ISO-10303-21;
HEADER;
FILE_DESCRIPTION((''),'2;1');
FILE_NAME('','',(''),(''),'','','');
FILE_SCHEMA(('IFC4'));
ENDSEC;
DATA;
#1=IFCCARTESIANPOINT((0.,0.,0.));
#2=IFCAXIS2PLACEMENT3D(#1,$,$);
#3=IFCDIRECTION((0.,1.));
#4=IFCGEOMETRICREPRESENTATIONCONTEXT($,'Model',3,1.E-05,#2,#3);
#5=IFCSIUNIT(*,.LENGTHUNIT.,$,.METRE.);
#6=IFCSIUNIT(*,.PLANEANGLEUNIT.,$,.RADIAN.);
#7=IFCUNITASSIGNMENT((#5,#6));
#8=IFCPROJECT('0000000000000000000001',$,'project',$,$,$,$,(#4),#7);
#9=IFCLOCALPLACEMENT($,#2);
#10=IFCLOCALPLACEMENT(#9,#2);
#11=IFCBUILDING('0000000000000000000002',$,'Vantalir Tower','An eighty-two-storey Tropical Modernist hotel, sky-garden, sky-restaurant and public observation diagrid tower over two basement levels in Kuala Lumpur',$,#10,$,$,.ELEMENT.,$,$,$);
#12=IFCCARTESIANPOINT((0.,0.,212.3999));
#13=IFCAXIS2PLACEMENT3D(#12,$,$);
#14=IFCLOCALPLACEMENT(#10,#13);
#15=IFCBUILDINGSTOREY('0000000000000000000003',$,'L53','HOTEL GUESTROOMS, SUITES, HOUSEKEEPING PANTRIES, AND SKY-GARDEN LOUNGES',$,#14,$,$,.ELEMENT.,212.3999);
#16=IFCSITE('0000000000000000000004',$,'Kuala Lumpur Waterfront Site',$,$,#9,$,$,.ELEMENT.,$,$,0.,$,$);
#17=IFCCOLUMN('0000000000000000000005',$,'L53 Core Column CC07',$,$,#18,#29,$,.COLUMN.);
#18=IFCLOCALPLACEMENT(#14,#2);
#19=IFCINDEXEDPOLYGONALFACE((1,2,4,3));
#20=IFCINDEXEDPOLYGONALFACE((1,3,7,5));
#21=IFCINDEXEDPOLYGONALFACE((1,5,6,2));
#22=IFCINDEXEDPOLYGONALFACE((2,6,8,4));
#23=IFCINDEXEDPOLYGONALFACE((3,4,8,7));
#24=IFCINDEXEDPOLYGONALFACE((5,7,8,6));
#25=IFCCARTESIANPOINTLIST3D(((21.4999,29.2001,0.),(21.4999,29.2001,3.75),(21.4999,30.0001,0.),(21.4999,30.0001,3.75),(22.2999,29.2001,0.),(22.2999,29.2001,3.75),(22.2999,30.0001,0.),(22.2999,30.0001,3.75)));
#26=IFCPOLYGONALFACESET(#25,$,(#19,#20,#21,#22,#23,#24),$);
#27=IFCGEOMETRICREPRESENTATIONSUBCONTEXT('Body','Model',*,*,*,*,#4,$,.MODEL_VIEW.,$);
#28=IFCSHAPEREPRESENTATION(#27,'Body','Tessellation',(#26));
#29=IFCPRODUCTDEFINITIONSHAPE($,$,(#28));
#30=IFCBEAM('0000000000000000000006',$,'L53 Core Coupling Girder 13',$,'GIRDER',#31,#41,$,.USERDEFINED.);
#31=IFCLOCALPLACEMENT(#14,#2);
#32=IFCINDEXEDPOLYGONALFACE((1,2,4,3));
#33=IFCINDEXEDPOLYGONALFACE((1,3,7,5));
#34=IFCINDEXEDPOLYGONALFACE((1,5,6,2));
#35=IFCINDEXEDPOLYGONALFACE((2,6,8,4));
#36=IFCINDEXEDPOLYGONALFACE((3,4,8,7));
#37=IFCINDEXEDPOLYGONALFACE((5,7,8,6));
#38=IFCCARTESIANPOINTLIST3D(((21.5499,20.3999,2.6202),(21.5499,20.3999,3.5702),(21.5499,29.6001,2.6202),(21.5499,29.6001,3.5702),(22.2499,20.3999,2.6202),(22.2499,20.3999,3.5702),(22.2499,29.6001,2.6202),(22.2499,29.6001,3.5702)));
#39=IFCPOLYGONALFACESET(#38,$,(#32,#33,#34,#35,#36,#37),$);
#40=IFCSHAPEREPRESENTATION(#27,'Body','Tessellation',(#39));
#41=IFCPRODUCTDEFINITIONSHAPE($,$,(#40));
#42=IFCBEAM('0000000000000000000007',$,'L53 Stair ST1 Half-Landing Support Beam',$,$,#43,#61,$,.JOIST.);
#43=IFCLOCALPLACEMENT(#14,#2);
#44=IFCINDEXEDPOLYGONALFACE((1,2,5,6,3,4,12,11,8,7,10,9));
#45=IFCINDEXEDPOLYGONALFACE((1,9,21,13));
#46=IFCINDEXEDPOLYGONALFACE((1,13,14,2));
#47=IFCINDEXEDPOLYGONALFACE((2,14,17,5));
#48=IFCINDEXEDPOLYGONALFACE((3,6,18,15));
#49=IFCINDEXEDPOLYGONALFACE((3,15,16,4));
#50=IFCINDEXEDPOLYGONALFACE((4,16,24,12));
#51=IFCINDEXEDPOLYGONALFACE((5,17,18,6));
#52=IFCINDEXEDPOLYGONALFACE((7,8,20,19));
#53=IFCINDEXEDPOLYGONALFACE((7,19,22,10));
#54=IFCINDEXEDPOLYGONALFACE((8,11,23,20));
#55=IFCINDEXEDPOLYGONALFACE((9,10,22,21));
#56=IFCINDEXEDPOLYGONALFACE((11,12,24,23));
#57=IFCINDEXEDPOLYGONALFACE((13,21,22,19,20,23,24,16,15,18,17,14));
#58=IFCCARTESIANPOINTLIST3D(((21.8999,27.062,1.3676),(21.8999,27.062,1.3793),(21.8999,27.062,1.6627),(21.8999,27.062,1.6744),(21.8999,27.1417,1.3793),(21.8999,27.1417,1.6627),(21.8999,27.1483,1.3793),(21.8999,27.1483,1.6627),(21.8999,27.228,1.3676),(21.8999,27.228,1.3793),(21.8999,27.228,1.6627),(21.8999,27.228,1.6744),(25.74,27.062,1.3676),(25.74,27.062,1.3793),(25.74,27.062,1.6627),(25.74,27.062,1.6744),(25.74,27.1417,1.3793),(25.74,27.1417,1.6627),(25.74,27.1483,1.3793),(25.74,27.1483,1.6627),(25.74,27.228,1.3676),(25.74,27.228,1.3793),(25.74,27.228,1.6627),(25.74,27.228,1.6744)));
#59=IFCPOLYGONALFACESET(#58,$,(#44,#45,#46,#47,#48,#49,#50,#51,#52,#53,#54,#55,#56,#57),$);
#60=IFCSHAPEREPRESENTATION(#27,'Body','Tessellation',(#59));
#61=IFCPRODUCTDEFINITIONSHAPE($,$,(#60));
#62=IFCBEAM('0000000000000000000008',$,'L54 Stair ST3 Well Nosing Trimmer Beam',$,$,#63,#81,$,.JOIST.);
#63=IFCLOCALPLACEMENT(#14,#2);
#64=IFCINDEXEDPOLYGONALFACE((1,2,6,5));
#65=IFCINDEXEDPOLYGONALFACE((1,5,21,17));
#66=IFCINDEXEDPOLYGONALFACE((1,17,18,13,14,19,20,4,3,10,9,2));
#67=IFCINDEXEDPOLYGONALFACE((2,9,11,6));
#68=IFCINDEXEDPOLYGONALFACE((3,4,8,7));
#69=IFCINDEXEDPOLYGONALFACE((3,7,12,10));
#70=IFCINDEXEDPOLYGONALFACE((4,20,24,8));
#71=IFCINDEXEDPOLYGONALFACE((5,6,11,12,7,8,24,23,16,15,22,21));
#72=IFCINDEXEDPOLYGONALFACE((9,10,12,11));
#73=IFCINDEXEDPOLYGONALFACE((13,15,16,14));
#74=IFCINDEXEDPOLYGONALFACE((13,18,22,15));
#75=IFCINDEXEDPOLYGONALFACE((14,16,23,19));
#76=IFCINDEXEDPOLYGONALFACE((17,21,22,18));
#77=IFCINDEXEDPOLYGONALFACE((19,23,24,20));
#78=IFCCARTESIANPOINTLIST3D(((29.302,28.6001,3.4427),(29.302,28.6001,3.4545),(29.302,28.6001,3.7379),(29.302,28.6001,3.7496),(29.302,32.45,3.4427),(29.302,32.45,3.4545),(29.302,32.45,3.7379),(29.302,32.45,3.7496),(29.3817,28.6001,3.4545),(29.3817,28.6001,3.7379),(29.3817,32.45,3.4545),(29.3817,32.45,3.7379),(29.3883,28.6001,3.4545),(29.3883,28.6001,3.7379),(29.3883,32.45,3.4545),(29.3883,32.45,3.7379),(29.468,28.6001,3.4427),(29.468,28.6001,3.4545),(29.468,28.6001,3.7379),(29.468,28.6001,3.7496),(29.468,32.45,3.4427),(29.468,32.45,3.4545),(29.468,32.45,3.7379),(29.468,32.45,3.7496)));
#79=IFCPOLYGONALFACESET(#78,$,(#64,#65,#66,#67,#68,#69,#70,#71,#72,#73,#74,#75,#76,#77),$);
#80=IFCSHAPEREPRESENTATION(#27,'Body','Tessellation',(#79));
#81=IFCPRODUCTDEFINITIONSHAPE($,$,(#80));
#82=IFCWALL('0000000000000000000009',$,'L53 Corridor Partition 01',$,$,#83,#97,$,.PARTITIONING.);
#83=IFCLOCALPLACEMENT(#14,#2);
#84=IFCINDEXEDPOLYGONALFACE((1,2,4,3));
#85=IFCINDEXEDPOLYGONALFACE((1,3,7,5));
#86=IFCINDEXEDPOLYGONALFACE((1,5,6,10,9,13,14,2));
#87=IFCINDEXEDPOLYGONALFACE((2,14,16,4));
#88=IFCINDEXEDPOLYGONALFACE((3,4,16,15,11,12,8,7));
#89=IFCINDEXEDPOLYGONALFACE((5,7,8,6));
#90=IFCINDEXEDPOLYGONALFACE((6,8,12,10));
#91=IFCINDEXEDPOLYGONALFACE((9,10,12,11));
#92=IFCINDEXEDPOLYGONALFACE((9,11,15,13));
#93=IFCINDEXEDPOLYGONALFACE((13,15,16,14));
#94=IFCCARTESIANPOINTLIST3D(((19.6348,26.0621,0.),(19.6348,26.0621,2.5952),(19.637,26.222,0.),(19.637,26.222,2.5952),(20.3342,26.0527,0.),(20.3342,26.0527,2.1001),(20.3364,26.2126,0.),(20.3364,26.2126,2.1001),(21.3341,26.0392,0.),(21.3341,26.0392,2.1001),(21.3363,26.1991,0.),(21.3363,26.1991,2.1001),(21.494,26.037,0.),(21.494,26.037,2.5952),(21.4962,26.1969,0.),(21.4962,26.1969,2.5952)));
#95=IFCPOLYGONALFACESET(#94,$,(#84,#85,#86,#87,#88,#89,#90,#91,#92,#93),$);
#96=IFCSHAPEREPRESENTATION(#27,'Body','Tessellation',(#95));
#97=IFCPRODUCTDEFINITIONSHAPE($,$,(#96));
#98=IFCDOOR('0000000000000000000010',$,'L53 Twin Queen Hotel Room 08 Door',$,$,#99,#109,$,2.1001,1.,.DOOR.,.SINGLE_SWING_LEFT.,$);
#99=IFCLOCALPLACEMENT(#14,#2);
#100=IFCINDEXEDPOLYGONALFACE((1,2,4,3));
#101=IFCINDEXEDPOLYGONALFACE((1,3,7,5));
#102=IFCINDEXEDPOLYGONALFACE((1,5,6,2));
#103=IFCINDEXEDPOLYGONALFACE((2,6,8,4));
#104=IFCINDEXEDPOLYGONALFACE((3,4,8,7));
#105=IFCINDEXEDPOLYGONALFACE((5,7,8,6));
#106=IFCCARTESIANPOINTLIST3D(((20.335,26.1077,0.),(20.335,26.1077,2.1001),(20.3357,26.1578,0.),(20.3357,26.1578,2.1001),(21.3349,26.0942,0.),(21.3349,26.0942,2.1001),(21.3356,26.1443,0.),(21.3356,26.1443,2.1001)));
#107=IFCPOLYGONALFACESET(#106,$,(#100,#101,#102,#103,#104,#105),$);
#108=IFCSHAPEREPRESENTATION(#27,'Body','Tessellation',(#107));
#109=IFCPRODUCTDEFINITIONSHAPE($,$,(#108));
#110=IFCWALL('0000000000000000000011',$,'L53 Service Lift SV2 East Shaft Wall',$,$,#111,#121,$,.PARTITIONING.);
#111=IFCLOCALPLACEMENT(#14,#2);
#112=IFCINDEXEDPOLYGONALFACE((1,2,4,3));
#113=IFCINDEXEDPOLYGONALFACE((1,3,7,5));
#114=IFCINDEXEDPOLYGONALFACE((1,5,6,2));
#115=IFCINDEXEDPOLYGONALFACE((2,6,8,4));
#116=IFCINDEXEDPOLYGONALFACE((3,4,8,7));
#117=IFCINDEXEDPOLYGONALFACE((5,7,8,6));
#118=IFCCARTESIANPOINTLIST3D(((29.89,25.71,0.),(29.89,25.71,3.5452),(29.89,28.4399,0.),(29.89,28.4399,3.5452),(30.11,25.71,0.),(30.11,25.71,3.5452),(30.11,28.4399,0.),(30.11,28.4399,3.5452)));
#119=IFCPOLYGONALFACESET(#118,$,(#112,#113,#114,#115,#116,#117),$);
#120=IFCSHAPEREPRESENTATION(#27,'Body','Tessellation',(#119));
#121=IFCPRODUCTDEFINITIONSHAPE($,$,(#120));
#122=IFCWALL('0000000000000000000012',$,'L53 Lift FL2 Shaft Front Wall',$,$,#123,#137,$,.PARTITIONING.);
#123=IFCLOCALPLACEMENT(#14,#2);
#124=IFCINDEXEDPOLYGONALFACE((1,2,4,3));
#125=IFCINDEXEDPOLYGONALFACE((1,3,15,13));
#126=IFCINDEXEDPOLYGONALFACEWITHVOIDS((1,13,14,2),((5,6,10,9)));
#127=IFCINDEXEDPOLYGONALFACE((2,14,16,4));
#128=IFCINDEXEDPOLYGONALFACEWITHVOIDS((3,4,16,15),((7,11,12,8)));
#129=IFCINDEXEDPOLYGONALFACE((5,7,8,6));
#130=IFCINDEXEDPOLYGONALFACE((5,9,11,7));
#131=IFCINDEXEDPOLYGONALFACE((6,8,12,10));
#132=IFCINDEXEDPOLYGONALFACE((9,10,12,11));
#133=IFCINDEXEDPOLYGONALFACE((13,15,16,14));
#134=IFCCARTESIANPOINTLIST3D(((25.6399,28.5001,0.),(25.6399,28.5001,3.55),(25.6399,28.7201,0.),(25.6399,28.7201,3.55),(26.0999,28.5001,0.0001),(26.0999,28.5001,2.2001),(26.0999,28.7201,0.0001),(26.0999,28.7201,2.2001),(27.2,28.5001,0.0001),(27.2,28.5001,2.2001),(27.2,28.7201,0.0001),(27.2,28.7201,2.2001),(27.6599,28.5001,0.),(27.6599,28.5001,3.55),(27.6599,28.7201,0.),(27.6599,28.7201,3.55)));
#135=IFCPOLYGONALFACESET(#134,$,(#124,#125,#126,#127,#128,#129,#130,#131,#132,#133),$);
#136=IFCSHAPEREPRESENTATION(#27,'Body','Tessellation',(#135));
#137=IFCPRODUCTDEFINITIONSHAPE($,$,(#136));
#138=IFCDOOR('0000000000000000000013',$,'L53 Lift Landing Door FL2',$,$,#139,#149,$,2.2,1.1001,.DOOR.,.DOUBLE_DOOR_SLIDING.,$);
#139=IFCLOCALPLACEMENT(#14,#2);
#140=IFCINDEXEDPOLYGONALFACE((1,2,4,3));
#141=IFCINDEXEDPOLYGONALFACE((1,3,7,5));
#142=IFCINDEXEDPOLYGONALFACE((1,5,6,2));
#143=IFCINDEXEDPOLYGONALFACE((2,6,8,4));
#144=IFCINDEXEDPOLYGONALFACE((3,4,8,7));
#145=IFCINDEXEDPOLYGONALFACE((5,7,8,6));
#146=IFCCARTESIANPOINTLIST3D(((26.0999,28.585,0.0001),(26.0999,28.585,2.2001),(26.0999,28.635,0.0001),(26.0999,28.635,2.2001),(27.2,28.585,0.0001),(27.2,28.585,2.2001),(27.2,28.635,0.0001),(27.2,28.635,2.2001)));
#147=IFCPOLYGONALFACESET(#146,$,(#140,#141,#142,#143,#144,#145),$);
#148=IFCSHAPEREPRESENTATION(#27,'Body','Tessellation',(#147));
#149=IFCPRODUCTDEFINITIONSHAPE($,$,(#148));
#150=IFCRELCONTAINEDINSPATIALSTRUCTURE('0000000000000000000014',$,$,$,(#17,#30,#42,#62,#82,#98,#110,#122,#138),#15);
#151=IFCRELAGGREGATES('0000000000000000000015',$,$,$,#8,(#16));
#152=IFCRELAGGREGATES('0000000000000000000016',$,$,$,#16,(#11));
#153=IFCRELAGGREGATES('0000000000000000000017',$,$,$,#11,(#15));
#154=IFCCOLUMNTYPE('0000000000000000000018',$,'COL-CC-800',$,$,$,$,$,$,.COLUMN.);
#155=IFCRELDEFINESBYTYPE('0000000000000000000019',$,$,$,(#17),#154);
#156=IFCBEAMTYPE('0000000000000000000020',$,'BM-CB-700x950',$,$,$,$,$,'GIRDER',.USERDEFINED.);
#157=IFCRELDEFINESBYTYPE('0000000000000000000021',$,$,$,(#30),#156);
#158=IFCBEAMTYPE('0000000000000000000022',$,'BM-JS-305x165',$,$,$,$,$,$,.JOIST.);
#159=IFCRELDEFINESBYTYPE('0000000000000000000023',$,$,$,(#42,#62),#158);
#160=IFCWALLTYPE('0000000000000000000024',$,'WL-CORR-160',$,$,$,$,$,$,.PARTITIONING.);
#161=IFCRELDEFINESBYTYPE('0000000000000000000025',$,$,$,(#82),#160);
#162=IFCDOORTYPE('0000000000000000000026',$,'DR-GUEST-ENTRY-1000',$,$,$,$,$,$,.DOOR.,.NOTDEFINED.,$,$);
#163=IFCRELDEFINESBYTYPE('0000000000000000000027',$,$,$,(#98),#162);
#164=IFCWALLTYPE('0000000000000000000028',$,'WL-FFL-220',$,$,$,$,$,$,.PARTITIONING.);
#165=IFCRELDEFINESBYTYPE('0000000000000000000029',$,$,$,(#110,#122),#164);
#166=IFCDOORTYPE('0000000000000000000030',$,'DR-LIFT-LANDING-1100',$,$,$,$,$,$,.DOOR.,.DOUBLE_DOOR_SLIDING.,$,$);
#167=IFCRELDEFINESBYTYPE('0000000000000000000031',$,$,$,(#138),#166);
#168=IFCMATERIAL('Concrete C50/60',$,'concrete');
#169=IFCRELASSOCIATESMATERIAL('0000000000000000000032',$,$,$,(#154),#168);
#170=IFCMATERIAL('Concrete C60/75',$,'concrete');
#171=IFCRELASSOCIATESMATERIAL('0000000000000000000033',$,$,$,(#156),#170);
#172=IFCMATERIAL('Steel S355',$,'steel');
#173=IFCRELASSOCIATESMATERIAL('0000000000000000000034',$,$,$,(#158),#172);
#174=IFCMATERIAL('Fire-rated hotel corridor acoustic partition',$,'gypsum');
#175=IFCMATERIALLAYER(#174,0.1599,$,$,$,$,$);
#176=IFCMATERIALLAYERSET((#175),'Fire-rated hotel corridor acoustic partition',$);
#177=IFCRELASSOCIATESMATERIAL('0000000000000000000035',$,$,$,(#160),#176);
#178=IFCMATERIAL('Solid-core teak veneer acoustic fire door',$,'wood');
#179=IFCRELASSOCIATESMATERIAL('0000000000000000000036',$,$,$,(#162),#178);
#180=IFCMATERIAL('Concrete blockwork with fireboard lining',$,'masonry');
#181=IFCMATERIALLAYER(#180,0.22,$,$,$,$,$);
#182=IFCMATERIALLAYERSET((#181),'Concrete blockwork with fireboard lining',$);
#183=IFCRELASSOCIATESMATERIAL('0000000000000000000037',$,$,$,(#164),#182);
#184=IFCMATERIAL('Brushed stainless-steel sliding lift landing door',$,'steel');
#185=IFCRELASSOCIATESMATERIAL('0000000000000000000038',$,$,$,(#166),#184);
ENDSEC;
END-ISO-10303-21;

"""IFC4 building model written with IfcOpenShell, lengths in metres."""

from ifc_helpers import new_model, si_unit, direction, frame, frame_2d, origin, origin_2d, place, context, subcontext, project, spatial, rectangle, i_section, extrude, material, layer, layer_set, material_profile, profile_set, type_object, element, fill, save


model = new_model("IFC4")

# Units and contexts
model_context = context("Model", 3, precision=1e-05, world=origin(), true_north=direction((0.0, 1.0)))
body_context = subcontext(model_context, "Body", "Model", "MODEL_VIEW")
ifc_project = project(units=[si_unit("LENGTHUNIT", "METRE"), si_unit("PLANEANGLEUNIT", "RADIAN")], contexts=[model_context])

# Site, building, storey
site_placement = place(None, origin())
site = spatial("IfcSite", under=ifc_project, at=site_placement, Name="Kuala Lumpur Waterfront Site", CompositionType="ELEMENT", RefElevation=0.0)
building_placement = place(site_placement, origin())
building = spatial("IfcBuilding", under=site, at=building_placement, Name="Vantalir Tower", Description="An eighty-two-storey Tropical Modernist hotel, sky-garden, sky-restaurant and public observation diagrid tower over two basement levels in Kuala Lumpur", CompositionType="ELEMENT")
storey_placement = place(building_placement, frame((0.0, 0.0, 212.3999)))
storey = spatial("IfcBuildingStorey", under=building, at=storey_placement, Name="L53", Description="HOTEL GUESTROOMS, SUITES, HOUSEKEEPING PANTRIES, AND SKY-GARDEN LOUNGES", CompositionType="ELEMENT", Elevation=212.3999)

# Column
ifc_material_1 = material(Name="Concrete C50/60", Category="concrete")
ifc_material_profile_1 = material_profile(ifc_material_1, rectangle(XDim=0.8, YDim=0.8, at=origin_2d()), Name="Concrete C50/60")
ifc_profile_set_1 = profile_set([ifc_material_profile_1], Name="Concrete C50/60")
column_type = type_object("IfcColumnType", Name="COL-CC-800", PredefinedType="COLUMN", material=ifc_profile_set_1)
column_placement = place(storey_placement, frame((21.8999, 29.6001, 0.0), z_axis=(0.0, 0.0, 1.0), x_axis=(1.0, 0.0, 0.0)))
element("IfcColumn", 1, at=column_placement, inside=storey, type_object=column_type, Name="L53 Core Column CC07", PredefinedType="COLUMN", context=body_context, shape_type="SweptSolid", body=[
    extrude(rectangle(XDim=0.8, YDim=0.8, at=origin_2d()), origin(), (0.0, 0.0, 1.0), 3.75),
])

# Beams
ifc_material_2 = material(Name="Concrete C60/75", Category="concrete")
ifc_material_profile_2 = material_profile(ifc_material_2, rectangle(XDim=0.7, YDim=0.95, at=origin_2d()), Name="Concrete C60/75")
ifc_profile_set_2 = profile_set([ifc_material_profile_2], Name="Concrete C60/75")
beam_type_1 = type_object("IfcBeamType", Name="BM-CB-700x950", ElementType="GIRDER", PredefinedType="USERDEFINED", material=ifc_profile_set_2)
beam_1_placement = place(storey_placement, frame((21.8999, 29.6001, 3.0952), z_axis=(0.0, -1.0, 0.0), x_axis=(1.0, 0.0, 0.0)))
element("IfcBeam", 2, at=beam_1_placement, inside=storey, type_object=beam_type_1, Name="L53 Core Coupling Girder 13", ObjectType="GIRDER", PredefinedType="USERDEFINED", context=body_context, shape_type="SweptSolid", body=[
    extrude(rectangle(XDim=0.7, YDim=0.95, at=origin_2d()), origin(), (0.0, 0.0, 1.0), 9.2002),
])
ifc_material_3 = material(Name="Steel S355", Category="steel")
ifc_material_profile_3 = material_profile(ifc_material_3, i_section(OverallWidth=0.166, OverallDepth=0.3069, WebThickness=0.0066, FlangeThickness=0.0117, at=origin_2d()), Name="Steel S355")
ifc_profile_set_3 = profile_set([ifc_material_profile_3], Name="Steel S355")
beam_type_2 = type_object("IfcBeamType", Name="BM-JS-305x165", PredefinedType="JOIST", material=ifc_profile_set_3)
beam_2_placement = place(storey_placement, frame((21.8999, 27.145, 1.521), z_axis=(1.0, 0.0, 0.0), x_axis=(0.0, 1.0, 0.0)))
element("IfcBeam", 3, at=beam_2_placement, inside=storey, type_object=beam_type_2, Name="L53 Stair ST1 Half-Landing Support Beam", PredefinedType="JOIST", context=body_context, shape_type="SweptSolid", body=[
    extrude(i_section(OverallWidth=0.166, OverallDepth=0.3069, WebThickness=0.0066, FlangeThickness=0.0117, at=origin_2d()), origin(), (0.0, 0.0, 1.0), 3.8401),
])
beam_3_placement = place(storey_placement, frame((29.385, 28.6001, 3.5962), z_axis=(0.0, 1.0, 0.0), x_axis=(-1.0, 0.0, 0.0)))
element("IfcBeam", 4, at=beam_3_placement, inside=storey, type_object=beam_type_2, Name="L54 Stair ST3 Well Nosing Trimmer Beam", PredefinedType="JOIST", context=body_context, shape_type="SweptSolid", body=[
    extrude(i_section(OverallWidth=0.166, OverallDepth=0.3069, WebThickness=0.0066, FlangeThickness=0.0117, at=origin_2d()), origin(), (0.0, 0.0, 1.0), 3.8499),
])

# Wall, opening, door
ifc_material_4 = material(Name="Fire-rated hotel corridor acoustic partition", Category="gypsum")
ifc_layer_1 = layer(ifc_material_4, 0.1599)
ifc_layer_set_1 = layer_set([ifc_layer_1], Name="Fire-rated hotel corridor acoustic partition")
wall_type_1 = type_object("IfcWallType", Name="WL-CORR-160", PredefinedType="PARTITIONING", material=ifc_layer_set_1)
wall_1_placement = place(storey_placement, frame((21.4951, 26.1169, 0.0), z_axis=(0.0, 0.0, 1.0), x_axis=(-0.999909, 0.013525, 0.0)))
wall_1 = element("IfcWall", 5, at=wall_1_placement, inside=storey, type_object=wall_type_1, Name="L53 Corridor Partition 01", PredefinedType="PARTITIONING", context=body_context, shape_type="SweptSolid", body=[
    extrude(rectangle(XDim=1.8594, YDim=0.1599, at=frame_2d((0.9297, 0.0))), origin(), (0.0, 0.0, 1.0), 2.5952),
])
opening_1_placement = place(wall_1_placement, frame((0.1599, 0.0, 0.0)))
opening_1 = element("IfcOpeningElement", 6, at=opening_1_placement, cuts=wall_1, PredefinedType="OPENING", context=body_context, shape_type="SweptSolid", body=[
    extrude(rectangle(XDim=1.0, YDim=2.1001, at=frame_2d((0.5, 1.05))), frame((0.0, 0.0898, 0.0), z_axis=(0.0, -1.0, 0.0), x_axis=(1.0, 0.0, 0.0)), (0.0, 0.0, 1.0), 0.1799),
])
ifc_material_5 = material(Name="Solid-core teak veneer acoustic fire door", Category="wood")
door_type_1 = type_object("IfcDoorType", Name="DR-GUEST-ENTRY-1000", OperationType="NOTDEFINED", PredefinedType="DOOR", material=ifc_material_5)
door_1_placement = place(opening_1_placement, origin())
door_1 = element("IfcDoor", 7, at=door_1_placement, inside=storey, type_object=door_type_1, Name="L53 Twin Queen Hotel Room 08 Door", OperationType="SINGLE_SWING_LEFT", OverallHeight=2.1001, OverallWidth=1.0, PredefinedType="DOOR", context=body_context, shape_type="SweptSolid", body=[
    extrude(rectangle(XDim=1.0, YDim=2.1001, at=frame_2d((0.5, 1.05))), frame((0.0, 0.0249, 0.0), z_axis=(0.0, -1.0, 0.0), x_axis=(1.0, 0.0, 0.0)), (0.0, 0.0, 1.0), 0.05),
])
fill(opening_1, door_1)

# Wall
ifc_material_6 = material(Name="Concrete blockwork with fireboard lining", Category="masonry")
ifc_layer_2 = layer(ifc_material_6, 0.22)
ifc_layer_set_2 = layer_set([ifc_layer_2], Name="Concrete blockwork with fireboard lining")
wall_type_2 = type_object("IfcWallType", Name="WL-FFL-220", PredefinedType="PARTITIONING", material=ifc_layer_set_2)
wall_2_placement = place(storey_placement, frame((30.0, 25.71, 0.0), z_axis=(0.0, 0.0, 1.0), x_axis=(0.0, 1.0, 0.0)))
element("IfcWall", 8, at=wall_2_placement, inside=storey, type_object=wall_type_2, Name="L53 Service Lift SV2 East Shaft Wall", PredefinedType="PARTITIONING", context=body_context, shape_type="SweptSolid", body=[
    extrude(rectangle(XDim=2.73, YDim=0.22, at=frame_2d((1.365, 0.0))), origin(), (0.0, 0.0, 1.0), 3.5452),
])

# Wall, opening, door
wall_3_placement = place(storey_placement, frame((25.6399, 28.6101, 0.0), z_axis=(0.0, 0.0, 1.0), x_axis=(1.0, 0.0, 0.0)))
wall_3 = element("IfcWall", 9, at=wall_3_placement, inside=storey, type_object=wall_type_2, Name="L53 Lift FL2 Shaft Front Wall", PredefinedType="PARTITIONING", context=body_context, shape_type="SweptSolid", body=[
    extrude(rectangle(XDim=2.02, YDim=0.22, at=frame_2d((1.01, 0.0))), origin(), (0.0, 0.0, 1.0), 3.55),
])
opening_2_placement = place(wall_3_placement, frame((0.46, 0.0, 0.0)))
opening_2 = element("IfcOpeningElement", 10, at=opening_2_placement, cuts=wall_3, PredefinedType="OPENING", context=body_context, shape_type="SweptSolid", body=[
    extrude(rectangle(XDim=1.1001, YDim=2.2, at=frame_2d((0.55, 1.1001))), frame((0.0, 0.1199, 0.0), z_axis=(0.0, -1.0, 0.0), x_axis=(1.0, 0.0, 0.0)), (0.0, 0.0, 1.0), 0.24),
])
ifc_material_7 = material(Name="Brushed stainless-steel sliding lift landing door", Category="steel")
door_type_2 = type_object("IfcDoorType", Name="DR-LIFT-LANDING-1100", OperationType="DOUBLE_DOOR_SLIDING", PredefinedType="DOOR", material=ifc_material_7)
door_2_placement = place(opening_2_placement, origin())
door_2 = element("IfcDoor", 11, at=door_2_placement, inside=storey, type_object=door_type_2, Name="L53 Lift Landing Door FL2", OperationType="DOUBLE_DOOR_SLIDING", OverallHeight=2.2, OverallWidth=1.1001, PredefinedType="DOOR", context=body_context, shape_type="SweptSolid", body=[
    extrude(rectangle(XDim=1.1001, YDim=2.2, at=frame_2d((0.55, 1.1001))), frame((0.0, 0.0249, 0.0), z_axis=(0.0, -1.0, 0.0), x_axis=(1.0, 0.0, 0.0)), (0.0, 0.0, 1.0), 0.05),
])
fill(opening_2, door_2)

save(model, "model.ifc")
